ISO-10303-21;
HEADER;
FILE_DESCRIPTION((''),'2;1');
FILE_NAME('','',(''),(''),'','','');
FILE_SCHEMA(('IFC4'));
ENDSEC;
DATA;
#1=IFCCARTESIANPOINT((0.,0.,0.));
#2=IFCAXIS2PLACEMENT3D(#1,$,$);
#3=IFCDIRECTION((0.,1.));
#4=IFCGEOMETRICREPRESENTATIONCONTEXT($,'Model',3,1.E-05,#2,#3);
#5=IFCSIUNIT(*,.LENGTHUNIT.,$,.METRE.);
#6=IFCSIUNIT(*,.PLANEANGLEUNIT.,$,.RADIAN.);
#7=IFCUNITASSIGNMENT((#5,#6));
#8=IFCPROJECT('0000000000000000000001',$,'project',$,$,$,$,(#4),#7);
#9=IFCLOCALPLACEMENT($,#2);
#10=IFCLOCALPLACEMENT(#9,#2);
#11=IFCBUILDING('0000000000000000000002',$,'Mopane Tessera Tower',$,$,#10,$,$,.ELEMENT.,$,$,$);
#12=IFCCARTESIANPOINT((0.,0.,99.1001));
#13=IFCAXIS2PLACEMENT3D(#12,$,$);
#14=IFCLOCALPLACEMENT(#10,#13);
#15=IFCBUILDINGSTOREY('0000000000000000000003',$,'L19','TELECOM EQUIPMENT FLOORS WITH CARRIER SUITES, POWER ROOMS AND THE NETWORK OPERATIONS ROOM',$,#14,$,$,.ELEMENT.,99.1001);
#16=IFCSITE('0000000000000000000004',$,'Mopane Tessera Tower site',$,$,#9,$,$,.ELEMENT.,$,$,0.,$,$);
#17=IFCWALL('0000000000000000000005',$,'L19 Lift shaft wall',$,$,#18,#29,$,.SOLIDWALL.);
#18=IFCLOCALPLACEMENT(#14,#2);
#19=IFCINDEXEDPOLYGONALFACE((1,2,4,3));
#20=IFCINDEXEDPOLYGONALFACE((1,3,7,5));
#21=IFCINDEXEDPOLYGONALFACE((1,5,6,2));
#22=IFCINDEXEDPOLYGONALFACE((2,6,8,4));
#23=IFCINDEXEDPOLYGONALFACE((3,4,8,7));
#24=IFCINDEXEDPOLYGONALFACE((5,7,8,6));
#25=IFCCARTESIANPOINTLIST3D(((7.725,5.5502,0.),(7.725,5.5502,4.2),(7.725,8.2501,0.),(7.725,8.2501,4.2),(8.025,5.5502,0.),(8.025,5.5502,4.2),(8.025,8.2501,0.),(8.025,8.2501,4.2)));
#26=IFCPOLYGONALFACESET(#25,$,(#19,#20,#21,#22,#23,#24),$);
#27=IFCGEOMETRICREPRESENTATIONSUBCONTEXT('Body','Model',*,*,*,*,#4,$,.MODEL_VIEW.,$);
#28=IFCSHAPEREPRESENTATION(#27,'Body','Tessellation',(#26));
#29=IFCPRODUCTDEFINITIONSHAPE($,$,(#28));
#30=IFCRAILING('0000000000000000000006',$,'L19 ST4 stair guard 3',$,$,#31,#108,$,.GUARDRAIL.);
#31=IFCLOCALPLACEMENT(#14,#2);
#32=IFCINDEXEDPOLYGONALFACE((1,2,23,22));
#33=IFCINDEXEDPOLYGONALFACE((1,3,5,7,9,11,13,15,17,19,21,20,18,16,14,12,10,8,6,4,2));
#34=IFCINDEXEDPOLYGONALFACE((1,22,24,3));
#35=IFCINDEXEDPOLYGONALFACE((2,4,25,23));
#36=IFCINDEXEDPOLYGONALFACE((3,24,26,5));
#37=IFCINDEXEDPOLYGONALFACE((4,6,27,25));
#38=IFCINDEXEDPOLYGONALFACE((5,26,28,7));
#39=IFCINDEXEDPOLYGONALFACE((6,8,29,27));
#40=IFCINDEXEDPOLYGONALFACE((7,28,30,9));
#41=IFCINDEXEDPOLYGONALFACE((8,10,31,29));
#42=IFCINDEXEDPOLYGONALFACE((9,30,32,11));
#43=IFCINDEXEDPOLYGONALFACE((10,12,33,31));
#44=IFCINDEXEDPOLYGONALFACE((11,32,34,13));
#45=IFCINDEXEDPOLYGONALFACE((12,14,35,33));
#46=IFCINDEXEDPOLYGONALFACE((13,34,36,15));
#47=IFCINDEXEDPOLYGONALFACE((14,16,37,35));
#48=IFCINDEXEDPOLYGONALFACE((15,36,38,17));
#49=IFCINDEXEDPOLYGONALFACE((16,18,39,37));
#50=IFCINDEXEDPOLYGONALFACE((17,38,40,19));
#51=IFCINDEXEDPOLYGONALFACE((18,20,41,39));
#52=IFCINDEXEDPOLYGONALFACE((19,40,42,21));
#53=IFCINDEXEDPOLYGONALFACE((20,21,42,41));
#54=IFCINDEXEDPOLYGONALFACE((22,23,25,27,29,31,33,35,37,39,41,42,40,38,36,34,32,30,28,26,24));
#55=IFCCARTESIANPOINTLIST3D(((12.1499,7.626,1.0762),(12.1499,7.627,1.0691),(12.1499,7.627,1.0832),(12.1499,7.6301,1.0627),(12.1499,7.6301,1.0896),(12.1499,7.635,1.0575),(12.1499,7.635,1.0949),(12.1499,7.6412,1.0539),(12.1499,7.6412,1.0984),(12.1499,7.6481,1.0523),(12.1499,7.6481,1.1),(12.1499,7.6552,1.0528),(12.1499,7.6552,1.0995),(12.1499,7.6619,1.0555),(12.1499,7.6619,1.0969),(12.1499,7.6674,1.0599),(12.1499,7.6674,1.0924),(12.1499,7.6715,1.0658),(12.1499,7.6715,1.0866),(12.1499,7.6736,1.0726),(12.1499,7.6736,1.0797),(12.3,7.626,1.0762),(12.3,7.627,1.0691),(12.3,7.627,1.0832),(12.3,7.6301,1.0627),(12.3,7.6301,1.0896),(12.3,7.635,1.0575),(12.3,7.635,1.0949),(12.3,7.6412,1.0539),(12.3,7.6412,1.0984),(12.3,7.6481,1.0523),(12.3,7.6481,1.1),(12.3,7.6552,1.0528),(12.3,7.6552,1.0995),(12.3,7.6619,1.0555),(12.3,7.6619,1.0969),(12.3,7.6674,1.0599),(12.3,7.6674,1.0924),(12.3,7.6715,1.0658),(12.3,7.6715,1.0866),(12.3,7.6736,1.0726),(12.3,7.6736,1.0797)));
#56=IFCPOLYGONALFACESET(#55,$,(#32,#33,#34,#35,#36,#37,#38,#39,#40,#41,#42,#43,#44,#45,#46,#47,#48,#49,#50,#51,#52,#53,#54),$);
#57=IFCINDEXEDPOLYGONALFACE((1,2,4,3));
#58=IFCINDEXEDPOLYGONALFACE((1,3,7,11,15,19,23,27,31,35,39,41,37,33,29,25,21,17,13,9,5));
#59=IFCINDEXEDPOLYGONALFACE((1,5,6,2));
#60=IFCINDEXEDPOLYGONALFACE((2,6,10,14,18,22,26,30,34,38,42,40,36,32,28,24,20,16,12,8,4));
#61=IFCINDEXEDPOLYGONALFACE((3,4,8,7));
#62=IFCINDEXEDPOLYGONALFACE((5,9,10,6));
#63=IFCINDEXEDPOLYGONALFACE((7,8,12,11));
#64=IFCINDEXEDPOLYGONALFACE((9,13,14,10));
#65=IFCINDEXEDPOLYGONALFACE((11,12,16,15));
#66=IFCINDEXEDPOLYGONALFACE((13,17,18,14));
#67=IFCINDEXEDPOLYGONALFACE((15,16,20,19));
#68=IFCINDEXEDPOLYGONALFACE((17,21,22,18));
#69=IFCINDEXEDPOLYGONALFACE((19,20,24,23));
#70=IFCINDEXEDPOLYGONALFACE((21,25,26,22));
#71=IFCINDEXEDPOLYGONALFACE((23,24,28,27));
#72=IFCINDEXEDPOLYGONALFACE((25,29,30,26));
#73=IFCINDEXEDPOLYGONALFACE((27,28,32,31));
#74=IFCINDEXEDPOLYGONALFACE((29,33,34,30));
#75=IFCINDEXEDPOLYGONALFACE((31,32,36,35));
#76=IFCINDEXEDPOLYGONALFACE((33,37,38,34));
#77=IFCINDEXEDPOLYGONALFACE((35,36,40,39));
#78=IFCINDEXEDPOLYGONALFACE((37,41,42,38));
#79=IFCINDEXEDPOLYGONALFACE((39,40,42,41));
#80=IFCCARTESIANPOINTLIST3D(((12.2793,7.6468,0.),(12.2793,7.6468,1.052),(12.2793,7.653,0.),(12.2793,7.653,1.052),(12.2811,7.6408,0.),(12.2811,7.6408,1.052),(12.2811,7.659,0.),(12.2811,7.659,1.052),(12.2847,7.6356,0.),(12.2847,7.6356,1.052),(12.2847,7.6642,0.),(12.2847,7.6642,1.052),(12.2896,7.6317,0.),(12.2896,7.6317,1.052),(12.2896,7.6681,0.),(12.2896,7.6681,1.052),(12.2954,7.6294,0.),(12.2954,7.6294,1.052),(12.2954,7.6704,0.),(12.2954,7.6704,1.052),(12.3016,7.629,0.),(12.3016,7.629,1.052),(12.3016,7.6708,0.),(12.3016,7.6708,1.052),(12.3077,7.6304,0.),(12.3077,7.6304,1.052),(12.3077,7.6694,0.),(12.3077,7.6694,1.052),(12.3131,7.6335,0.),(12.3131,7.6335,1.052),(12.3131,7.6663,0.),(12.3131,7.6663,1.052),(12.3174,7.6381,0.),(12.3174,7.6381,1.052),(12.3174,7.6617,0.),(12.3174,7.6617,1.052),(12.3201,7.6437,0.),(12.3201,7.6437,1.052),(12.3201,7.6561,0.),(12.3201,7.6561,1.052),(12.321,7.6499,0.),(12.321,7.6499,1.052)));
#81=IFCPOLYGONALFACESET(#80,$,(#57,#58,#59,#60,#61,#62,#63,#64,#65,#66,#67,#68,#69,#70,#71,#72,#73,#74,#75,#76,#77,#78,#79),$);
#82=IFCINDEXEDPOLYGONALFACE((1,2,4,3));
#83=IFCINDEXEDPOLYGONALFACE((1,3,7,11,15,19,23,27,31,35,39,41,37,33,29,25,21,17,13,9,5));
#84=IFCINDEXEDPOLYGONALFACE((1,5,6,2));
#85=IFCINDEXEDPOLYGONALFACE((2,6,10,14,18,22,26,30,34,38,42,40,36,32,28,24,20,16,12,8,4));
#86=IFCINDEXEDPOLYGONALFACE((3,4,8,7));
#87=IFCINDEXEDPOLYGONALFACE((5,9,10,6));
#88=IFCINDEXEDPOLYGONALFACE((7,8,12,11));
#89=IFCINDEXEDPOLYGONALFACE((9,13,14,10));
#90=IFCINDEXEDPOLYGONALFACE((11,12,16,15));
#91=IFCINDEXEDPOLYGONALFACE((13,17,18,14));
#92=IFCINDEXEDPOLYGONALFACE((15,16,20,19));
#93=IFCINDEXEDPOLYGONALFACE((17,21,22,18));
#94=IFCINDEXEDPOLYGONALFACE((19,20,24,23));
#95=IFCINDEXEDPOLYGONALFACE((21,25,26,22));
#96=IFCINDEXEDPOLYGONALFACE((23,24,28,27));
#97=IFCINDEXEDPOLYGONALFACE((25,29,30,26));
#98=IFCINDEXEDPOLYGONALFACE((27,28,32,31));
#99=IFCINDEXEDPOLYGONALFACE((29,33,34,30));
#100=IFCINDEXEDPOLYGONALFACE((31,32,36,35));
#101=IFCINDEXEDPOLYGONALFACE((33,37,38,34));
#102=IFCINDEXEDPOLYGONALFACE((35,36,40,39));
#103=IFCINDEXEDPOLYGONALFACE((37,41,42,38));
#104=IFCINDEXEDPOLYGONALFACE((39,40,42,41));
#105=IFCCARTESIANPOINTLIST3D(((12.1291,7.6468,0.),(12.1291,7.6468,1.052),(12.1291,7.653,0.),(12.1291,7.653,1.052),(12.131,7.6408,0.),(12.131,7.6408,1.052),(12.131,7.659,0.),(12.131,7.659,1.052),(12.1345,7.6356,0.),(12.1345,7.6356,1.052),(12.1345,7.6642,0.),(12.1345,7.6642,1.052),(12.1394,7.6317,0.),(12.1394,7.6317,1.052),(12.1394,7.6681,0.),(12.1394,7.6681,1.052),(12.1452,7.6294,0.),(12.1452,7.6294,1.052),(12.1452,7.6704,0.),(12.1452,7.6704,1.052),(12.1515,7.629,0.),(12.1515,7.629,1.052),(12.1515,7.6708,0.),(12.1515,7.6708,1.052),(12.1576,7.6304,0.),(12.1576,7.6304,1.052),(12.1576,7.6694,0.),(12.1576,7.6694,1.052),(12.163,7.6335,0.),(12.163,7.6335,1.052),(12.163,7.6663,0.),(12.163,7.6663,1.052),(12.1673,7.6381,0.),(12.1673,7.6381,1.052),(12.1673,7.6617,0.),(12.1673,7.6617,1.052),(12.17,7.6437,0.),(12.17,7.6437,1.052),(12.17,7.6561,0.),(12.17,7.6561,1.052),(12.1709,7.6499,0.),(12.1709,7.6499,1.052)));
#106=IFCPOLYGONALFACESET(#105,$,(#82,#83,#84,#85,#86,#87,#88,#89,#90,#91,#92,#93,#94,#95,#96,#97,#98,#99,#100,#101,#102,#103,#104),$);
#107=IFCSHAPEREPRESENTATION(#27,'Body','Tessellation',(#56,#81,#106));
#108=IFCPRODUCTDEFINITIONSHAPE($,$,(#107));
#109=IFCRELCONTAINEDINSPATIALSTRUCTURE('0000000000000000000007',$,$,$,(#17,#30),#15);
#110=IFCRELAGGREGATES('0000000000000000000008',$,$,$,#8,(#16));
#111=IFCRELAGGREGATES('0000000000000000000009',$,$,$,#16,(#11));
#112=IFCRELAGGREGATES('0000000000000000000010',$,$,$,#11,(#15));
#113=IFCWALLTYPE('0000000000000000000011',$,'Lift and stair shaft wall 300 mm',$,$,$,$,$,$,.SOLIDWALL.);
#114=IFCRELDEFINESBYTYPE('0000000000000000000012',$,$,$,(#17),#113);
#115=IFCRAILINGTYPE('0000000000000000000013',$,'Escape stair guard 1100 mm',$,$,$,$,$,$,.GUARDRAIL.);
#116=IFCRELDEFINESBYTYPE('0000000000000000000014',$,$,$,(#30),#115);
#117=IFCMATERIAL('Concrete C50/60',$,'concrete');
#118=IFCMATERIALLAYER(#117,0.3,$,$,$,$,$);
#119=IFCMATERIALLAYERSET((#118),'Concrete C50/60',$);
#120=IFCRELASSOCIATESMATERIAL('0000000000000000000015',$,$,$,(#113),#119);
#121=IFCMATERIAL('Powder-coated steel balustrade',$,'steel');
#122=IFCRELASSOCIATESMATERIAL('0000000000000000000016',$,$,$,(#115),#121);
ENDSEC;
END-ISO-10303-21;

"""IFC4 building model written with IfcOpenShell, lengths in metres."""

from ifc_helpers import new_model, si_unit, direction, frame, frame_2d, origin, origin_2d, place, context, subcontext, project, spatial, rectangle, circle, extrude, material, layer, layer_set, type_object, element, save


model = new_model("IFC4")

# Units and contexts
model_context = context("Model", 3, precision=1e-05, world=origin(), true_north=direction((0.0, 1.0)))
body_context = subcontext(model_context, "Body", "Model", "MODEL_VIEW")
ifc_project = project(units=[si_unit("LENGTHUNIT", "METRE"), si_unit("PLANEANGLEUNIT", "RADIAN")], contexts=[model_context])

# Site, building, storey
site_placement = place(None, origin())
site = spatial("IfcSite", under=ifc_project, at=site_placement, Name="Mopane Tessera Tower site", CompositionType="ELEMENT", RefElevation=0.0)
building_placement = place(site_placement, origin())
building = spatial("IfcBuilding", under=site, at=building_placement, Name="Mopane Tessera Tower", CompositionType="ELEMENT")
storey_placement = place(building_placement, frame((0.0, 0.0, 99.1001)))
storey = spatial("IfcBuildingStorey", under=building, at=storey_placement, Name="L19", Description="TELECOM EQUIPMENT FLOORS WITH CARRIER SUITES, POWER ROOMS AND THE NETWORK OPERATIONS ROOM", CompositionType="ELEMENT", Elevation=99.1001)

# Shared definitions
ifc_material_1 = material(Name="Concrete C50/60", Category="concrete")
ifc_layer_1 = layer(ifc_material_1, 0.3)
ifc_layer_set_1 = layer_set([ifc_layer_1], Name="Concrete C50/60")
wall_type_1 = type_object("IfcWallType", Name="Lift and stair shaft wall 300 mm", PredefinedType="SOLIDWALL", material=ifc_layer_set_1)

# Wall
for number, where, z_axis, x_axis, name in (
    (1, (7.875, 5.55, 0.0), (0.0, 0.0, 1.0), (0.0, 1.0, 0.0), "L19 Lift shaft wall"),
):
    element("IfcWall", number, at=place(storey_placement, frame(where, z_axis=z_axis, x_axis=x_axis)), inside=storey, type_object=wall_type_1, Name=name, PredefinedType="SOLIDWALL", context=body_context, shape_type="SweptSolid", body=[
        extrude(rectangle(XDim=2.7, YDim=0.3, at=frame_2d((1.3501, 0.0))), origin(), (0.0, 0.0, 1.0), 4.2),
    ])

# Railing
ifc_material_2 = material(Name="Powder-coated steel balustrade", Category="steel")
railing_type = type_object("IfcRailingType", Name="Escape stair guard 1100 mm", PredefinedType="GUARDRAIL", material=ifc_material_2)
railing_placement = place(storey_placement, frame((12.3, 7.6499, 0.0)))
element("IfcRailing", 2, at=railing_placement, inside=storey, type_object=railing_type, Name="L19 ST4 stair guard 3", PredefinedType="GUARDRAIL", context=body_context, shape_type="SweptSolid", body=[
    extrude(circle(Radius=0.0239, at=origin_2d()), frame((0.0, 0.0, 1.0762), z_axis=(-1.0, 0.0, 0.0), x_axis=(0.0, -1.0, 0.0)), (0.0, 0.0, 1.0), 0.1501),
    extrude(circle(Radius=0.021, at=origin_2d()), origin(), (0.0, 0.0, 1.0), 1.052),
    extrude(circle(Radius=0.021, at=origin_2d()), frame((-0.1501, 0.0, 0.0)), (0.0, 0.0, 1.0), 1.052),
])

save(model, "model.ifc")
